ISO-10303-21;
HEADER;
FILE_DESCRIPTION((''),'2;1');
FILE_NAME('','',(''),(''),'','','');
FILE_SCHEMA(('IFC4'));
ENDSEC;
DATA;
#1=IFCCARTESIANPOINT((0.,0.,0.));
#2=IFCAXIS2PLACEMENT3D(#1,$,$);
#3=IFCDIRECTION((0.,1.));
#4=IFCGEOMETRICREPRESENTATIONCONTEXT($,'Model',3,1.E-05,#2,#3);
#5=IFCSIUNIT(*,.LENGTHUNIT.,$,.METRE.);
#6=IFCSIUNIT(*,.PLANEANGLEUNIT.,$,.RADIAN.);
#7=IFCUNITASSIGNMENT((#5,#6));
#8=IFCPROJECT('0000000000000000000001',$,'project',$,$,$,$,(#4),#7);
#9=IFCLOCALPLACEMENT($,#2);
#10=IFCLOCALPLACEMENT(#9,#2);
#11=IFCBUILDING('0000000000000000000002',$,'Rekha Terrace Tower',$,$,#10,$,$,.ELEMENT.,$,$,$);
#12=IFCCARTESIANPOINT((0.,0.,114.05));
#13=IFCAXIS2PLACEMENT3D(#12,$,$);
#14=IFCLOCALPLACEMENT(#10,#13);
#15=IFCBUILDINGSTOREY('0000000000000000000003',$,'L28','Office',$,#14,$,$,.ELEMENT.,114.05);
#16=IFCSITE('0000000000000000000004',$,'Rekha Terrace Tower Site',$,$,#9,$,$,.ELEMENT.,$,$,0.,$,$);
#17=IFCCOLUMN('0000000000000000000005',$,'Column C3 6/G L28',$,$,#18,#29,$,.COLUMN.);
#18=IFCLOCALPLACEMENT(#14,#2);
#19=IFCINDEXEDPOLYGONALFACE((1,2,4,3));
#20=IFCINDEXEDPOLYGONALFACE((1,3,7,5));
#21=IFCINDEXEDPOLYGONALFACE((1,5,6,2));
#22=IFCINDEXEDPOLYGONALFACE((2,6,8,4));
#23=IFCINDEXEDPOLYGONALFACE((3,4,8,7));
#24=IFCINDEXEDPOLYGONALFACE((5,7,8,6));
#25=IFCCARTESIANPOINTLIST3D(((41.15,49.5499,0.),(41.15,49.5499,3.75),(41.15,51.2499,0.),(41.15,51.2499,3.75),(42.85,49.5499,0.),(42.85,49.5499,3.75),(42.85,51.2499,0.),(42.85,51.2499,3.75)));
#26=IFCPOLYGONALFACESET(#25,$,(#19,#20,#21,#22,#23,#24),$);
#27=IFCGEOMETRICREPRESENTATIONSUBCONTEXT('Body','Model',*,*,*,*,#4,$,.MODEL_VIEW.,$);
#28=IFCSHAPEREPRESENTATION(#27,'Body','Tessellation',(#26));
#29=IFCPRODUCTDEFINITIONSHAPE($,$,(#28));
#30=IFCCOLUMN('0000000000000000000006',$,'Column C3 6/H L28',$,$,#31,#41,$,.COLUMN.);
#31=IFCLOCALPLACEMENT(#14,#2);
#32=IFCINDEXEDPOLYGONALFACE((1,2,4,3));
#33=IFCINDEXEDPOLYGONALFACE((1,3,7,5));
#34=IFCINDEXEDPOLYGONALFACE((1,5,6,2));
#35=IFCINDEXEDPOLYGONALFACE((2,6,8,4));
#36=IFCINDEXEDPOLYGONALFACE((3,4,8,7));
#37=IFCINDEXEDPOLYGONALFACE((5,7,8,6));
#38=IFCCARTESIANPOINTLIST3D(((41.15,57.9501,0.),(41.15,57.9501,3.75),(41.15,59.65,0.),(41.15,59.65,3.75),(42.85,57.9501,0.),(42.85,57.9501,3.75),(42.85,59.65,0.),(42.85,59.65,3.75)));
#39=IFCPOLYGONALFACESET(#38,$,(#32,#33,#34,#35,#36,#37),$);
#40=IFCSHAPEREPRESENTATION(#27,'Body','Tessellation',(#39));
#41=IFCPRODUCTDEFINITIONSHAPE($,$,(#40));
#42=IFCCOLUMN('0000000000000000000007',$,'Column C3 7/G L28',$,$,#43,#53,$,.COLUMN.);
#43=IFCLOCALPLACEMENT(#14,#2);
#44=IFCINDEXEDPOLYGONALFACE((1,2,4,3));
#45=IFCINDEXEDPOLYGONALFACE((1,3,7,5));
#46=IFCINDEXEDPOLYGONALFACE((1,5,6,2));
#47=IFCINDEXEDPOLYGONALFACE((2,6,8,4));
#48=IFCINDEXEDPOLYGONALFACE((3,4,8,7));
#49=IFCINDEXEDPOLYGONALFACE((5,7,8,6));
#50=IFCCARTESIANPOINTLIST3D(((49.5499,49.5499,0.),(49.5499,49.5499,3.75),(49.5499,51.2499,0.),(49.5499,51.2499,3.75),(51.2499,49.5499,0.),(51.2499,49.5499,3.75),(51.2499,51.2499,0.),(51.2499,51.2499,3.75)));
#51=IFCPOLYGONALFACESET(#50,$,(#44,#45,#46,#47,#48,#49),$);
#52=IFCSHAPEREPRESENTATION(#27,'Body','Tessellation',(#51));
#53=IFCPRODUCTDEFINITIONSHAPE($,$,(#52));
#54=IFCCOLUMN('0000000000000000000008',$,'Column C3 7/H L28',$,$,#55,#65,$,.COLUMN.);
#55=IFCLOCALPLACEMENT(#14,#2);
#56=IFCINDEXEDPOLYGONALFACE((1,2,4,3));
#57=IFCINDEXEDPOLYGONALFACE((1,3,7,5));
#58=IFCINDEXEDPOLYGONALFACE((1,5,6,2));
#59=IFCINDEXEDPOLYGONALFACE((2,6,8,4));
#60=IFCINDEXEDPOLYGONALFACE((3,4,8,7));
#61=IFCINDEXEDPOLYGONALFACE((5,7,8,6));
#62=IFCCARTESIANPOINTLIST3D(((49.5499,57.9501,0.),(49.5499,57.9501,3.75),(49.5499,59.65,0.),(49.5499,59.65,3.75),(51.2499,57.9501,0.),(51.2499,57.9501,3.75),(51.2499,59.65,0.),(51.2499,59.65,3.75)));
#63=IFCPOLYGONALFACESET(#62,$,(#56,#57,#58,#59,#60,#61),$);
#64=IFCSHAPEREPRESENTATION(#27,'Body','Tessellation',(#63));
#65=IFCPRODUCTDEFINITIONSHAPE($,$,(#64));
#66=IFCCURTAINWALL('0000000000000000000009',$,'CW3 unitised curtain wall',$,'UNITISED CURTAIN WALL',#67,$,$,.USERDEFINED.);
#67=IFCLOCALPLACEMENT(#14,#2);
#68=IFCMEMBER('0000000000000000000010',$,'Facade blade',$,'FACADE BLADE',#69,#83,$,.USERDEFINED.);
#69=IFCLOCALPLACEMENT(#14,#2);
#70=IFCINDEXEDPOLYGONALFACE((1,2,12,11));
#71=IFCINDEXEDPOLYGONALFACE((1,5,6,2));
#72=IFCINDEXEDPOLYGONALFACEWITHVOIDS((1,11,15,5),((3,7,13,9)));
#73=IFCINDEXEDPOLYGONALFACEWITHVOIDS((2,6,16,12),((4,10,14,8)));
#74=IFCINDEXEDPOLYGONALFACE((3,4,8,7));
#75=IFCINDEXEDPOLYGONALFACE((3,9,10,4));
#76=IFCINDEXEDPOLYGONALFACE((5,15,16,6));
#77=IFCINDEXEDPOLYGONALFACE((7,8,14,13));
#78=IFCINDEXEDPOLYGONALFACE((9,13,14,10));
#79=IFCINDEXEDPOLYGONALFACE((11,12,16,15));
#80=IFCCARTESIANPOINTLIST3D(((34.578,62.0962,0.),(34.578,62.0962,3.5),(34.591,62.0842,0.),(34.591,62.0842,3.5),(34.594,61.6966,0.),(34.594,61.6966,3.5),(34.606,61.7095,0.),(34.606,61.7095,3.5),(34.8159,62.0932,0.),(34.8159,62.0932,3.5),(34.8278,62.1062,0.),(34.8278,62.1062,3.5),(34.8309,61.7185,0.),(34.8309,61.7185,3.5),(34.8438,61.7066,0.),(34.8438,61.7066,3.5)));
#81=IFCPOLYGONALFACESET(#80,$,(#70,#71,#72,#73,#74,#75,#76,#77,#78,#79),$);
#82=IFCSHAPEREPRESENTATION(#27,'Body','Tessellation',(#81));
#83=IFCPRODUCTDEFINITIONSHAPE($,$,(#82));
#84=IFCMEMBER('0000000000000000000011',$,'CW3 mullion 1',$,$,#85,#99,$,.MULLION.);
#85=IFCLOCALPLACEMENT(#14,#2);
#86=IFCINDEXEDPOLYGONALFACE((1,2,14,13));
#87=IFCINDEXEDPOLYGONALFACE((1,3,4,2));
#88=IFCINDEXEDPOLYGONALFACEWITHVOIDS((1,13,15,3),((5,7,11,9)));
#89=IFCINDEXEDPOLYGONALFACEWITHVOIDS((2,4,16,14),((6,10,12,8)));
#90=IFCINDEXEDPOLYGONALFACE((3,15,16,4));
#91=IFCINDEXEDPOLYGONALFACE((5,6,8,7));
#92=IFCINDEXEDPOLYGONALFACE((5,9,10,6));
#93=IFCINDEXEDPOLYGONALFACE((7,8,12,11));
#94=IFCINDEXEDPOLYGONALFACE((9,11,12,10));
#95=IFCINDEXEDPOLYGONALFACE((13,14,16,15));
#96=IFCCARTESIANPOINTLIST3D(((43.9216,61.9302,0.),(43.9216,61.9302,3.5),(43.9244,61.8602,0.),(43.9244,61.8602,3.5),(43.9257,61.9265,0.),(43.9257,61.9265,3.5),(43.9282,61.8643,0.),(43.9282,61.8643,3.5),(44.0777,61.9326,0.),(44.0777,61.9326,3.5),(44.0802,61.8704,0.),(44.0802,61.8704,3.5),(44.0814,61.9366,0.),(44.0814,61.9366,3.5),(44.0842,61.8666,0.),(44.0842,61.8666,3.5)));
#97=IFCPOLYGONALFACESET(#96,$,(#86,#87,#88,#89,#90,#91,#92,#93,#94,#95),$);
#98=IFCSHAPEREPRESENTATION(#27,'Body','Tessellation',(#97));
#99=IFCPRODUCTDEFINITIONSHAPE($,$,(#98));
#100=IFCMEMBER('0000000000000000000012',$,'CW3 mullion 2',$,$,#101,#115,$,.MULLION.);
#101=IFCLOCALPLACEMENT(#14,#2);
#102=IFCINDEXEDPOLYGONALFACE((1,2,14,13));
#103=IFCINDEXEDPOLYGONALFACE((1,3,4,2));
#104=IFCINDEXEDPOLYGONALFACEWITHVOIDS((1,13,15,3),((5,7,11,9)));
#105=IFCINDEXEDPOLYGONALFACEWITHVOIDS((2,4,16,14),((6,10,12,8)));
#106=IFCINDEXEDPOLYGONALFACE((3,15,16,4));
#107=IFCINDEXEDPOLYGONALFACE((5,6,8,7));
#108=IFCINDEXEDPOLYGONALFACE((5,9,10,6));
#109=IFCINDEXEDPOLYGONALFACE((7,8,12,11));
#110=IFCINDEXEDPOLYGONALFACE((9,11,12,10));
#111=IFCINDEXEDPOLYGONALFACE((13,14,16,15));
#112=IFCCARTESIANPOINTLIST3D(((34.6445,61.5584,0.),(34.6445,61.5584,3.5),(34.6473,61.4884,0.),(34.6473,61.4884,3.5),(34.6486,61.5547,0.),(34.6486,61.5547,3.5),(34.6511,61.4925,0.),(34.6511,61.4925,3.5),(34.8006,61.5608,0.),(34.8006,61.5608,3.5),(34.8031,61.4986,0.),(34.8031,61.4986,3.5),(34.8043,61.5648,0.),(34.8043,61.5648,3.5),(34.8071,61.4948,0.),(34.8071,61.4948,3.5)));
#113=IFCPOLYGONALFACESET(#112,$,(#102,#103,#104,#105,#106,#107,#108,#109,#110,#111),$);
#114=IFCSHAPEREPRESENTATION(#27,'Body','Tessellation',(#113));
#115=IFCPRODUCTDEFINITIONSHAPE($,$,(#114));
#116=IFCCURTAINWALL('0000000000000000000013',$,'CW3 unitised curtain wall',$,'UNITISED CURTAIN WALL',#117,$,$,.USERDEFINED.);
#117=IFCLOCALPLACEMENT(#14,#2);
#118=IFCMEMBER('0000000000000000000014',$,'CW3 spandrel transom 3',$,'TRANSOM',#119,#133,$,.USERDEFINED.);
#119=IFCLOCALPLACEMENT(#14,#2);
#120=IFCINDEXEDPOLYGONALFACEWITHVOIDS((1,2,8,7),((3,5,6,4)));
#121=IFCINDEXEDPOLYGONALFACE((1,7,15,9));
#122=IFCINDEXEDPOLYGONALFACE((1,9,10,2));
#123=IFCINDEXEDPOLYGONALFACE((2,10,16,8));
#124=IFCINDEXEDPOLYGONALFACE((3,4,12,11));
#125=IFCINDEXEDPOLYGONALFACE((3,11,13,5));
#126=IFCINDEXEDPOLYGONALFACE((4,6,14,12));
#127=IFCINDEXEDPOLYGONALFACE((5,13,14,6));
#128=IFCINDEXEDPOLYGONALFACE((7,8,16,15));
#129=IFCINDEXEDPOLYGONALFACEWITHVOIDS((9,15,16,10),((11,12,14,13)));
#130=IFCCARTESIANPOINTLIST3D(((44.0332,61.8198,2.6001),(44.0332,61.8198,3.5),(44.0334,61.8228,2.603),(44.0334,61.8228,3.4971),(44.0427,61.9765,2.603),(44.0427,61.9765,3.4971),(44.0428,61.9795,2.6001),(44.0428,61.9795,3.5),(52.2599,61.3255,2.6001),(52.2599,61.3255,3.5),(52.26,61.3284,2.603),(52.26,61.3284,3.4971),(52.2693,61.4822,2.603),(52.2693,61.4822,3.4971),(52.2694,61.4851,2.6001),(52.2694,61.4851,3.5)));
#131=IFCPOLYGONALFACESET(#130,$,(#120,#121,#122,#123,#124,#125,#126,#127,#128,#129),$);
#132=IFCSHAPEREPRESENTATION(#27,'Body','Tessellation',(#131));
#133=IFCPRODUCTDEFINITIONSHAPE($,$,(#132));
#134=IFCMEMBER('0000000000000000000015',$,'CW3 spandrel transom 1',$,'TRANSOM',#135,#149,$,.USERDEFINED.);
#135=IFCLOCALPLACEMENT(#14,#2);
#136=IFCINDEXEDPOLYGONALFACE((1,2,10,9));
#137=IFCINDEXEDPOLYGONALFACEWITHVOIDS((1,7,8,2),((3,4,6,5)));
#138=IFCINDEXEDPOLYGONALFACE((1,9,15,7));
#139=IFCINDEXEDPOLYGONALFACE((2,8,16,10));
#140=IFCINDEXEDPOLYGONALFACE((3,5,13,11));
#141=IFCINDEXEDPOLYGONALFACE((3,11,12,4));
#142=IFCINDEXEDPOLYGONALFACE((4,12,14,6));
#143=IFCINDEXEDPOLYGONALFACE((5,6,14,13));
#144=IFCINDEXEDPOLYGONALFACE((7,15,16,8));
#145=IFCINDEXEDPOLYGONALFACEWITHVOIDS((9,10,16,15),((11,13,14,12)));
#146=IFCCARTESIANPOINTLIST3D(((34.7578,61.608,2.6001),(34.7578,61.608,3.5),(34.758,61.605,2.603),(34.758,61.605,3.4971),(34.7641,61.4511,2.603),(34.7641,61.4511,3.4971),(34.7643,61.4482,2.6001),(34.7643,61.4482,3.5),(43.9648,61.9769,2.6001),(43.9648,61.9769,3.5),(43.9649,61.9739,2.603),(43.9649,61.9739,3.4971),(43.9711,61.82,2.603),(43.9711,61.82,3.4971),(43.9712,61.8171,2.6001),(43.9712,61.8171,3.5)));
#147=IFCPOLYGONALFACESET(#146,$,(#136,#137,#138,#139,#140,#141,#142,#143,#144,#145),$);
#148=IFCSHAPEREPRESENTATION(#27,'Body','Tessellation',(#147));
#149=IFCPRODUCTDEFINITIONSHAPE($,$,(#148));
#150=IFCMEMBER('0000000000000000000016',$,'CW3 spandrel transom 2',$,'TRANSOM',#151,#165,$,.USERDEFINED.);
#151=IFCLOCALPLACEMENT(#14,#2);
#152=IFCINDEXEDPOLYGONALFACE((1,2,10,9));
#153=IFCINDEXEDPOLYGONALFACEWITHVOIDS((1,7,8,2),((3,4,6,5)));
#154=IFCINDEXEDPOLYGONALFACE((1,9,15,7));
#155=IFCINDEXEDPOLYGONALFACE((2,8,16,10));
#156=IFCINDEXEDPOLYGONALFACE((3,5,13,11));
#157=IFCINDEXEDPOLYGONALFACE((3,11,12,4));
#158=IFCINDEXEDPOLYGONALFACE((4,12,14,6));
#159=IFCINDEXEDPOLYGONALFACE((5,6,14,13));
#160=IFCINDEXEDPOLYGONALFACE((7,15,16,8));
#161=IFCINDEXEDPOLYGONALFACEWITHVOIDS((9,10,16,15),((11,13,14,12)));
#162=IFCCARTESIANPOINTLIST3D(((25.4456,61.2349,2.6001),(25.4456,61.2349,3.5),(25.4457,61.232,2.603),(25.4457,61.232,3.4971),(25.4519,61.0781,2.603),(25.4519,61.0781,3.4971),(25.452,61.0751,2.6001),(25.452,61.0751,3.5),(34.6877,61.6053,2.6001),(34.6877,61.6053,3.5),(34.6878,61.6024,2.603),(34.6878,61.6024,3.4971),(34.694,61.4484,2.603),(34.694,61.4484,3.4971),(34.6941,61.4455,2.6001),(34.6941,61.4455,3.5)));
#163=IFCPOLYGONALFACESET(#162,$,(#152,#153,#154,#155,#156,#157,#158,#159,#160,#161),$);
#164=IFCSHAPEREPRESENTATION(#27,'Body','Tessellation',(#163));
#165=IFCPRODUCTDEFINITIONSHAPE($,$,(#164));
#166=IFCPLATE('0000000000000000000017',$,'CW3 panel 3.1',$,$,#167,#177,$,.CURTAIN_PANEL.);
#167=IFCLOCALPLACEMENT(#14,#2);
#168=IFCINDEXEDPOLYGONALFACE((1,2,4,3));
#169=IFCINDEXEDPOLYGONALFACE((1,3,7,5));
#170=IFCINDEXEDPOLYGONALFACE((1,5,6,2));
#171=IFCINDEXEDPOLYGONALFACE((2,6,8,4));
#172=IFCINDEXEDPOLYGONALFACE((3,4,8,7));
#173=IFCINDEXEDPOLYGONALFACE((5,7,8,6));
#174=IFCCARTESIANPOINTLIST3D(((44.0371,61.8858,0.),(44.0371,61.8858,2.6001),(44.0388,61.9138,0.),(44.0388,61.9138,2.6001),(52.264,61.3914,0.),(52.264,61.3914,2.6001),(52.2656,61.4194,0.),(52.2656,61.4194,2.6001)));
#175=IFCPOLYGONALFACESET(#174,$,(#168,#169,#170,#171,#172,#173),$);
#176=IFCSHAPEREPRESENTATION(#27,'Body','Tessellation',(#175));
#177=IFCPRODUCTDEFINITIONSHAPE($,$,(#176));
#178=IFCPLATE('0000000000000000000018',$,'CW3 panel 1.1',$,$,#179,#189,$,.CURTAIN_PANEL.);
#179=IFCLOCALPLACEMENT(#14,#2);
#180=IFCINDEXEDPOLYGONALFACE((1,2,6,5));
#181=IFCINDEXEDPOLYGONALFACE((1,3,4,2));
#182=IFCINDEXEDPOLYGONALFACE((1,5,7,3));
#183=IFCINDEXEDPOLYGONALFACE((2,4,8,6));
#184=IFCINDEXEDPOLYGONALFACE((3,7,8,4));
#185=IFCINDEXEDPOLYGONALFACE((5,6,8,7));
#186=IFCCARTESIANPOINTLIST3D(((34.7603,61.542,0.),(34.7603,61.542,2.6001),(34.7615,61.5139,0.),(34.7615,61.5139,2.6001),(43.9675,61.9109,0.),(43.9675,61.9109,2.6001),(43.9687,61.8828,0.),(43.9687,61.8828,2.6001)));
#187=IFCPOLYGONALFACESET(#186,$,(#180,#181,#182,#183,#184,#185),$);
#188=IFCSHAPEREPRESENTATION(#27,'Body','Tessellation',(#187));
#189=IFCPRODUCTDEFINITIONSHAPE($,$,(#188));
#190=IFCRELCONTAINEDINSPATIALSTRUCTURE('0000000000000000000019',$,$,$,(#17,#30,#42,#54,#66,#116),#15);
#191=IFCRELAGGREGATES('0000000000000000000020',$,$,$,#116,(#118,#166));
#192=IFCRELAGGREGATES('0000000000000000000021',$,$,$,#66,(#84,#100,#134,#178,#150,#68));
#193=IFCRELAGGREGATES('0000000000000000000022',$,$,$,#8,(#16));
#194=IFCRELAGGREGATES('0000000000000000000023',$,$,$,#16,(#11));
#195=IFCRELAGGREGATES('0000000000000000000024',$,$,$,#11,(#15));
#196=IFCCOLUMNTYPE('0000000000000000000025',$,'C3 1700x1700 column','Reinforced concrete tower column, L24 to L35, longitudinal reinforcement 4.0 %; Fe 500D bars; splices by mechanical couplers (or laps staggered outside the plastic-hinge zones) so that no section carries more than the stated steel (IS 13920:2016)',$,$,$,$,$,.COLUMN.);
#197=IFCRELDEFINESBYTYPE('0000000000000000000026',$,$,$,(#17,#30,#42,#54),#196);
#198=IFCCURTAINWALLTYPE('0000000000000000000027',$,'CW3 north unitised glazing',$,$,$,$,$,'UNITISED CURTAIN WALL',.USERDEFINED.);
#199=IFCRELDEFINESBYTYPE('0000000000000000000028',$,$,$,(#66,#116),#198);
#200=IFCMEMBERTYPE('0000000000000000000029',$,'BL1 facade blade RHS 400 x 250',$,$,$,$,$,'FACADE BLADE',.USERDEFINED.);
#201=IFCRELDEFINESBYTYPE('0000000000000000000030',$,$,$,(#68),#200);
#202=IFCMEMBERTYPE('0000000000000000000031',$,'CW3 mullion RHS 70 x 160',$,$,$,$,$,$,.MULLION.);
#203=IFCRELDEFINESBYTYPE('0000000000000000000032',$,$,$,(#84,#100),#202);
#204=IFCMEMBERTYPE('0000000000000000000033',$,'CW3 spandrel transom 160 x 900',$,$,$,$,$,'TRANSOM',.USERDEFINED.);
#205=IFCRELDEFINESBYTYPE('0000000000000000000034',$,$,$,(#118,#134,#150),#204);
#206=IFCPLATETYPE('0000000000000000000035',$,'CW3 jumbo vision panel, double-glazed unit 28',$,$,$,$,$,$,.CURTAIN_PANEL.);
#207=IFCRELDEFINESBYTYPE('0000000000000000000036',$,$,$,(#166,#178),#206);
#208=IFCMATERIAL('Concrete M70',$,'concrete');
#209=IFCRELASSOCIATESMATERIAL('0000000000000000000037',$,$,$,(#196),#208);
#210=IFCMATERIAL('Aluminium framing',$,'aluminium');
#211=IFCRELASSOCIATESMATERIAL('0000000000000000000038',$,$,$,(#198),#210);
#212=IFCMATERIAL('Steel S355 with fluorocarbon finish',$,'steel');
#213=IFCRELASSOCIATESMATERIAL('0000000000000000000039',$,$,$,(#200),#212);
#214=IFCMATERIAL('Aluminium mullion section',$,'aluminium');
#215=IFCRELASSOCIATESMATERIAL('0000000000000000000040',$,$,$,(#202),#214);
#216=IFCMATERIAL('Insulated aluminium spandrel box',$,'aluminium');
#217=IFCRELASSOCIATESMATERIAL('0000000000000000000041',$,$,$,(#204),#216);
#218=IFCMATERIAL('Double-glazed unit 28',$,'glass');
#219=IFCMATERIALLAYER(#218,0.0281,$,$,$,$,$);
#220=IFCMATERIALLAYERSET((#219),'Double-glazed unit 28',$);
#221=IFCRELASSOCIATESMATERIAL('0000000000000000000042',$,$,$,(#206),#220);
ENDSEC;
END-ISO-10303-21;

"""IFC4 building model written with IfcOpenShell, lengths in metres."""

from ifc_helpers import new_model, si_unit, direction, frame, origin, origin_2d, place, context, subcontext, project, spatial, rectangle, hollow_rectangle, extrude, material, layer, layer_set, material_profile, profile_set, type_object, element, aggregate, save


model = new_model("IFC4")

# Units and contexts
model_context = context("Model", 3, precision=1e-05, world=origin(), true_north=direction((0.0, 1.0)))
body_context = subcontext(model_context, "Body", "Model", "MODEL_VIEW")
ifc_project = project(units=[si_unit("LENGTHUNIT", "METRE"), si_unit("PLANEANGLEUNIT", "RADIAN")], contexts=[model_context])

# Site, building, storey
site_placement = place(None, origin())
site = spatial("IfcSite", under=ifc_project, at=site_placement, Name="Rekha Terrace Tower Site", CompositionType="ELEMENT", RefElevation=0.0)
building_placement = place(site_placement, origin())
building = spatial("IfcBuilding", under=site, at=building_placement, Name="Rekha Terrace Tower", CompositionType="ELEMENT")
storey_placement = place(building_placement, frame((0.0, 0.0, 114.05)))
storey = spatial("IfcBuildingStorey", under=building, at=storey_placement, Name="L28", Description="Office", CompositionType="ELEMENT", Elevation=114.05)

# Columns
ifc_material_1 = material(Name="Concrete M70", Category="concrete")
ifc_material_profile_1 = material_profile(ifc_material_1, rectangle(XDim=1.7, YDim=1.7, at=origin_2d()), Name="RC 1700x1700")
ifc_profile_set_1 = profile_set([ifc_material_profile_1], Name="Concrete M70")
column_type = type_object("IfcColumnType", Name="C3 1700x1700 column", Description="Reinforced concrete tower column, L24 to L35, longitudinal reinforcement 4.0 %; Fe 500D bars; splices by mechanical couplers (or laps staggered outside the plastic-hinge zones) so that no section carries more than the stated steel (IS 13920:2016)", PredefinedType="COLUMN", material=ifc_profile_set_1)
for number, where, z_axis, x_axis, name in (
    (1, (42.0, 50.3999, 0.0), (0.0, 0.0, 1.0), (1.0, 0.0, 0.0), "Column C3 6/G L28"),
    (2, (42.0, 58.8, 0.0), (0.0, 0.0, 1.0), (1.0, 0.0, 0.0), "Column C3 6/H L28"),
    (3, (50.3999, 50.3999, 0.0), (0.0, 0.0, 1.0), (1.0, 0.0, 0.0), "Column C3 7/G L28"),
    (4, (50.3999, 58.8, 0.0), (0.0, 0.0, 1.0), (1.0, 0.0, 0.0), "Column C3 7/H L28"),
):
    element("IfcColumn", number, at=place(storey_placement, frame(where, z_axis=z_axis, x_axis=x_axis)), inside=storey, type_object=column_type, Name=name, PredefinedType="COLUMN", context=body_context, shape_type="SweptSolid", body=[
        extrude(rectangle(XDim=1.7, YDim=1.7, at=origin_2d()), origin(), (0.0, 0.0, 1.0), 3.75),
    ])

# Curtain wall, members
ifc_material_2 = material(Name="Aluminium framing", Category="aluminium")
curtain_wall_type = type_object("IfcCurtainWallType", Name="CW3 north unitised glazing", ElementType="UNITISED CURTAIN WALL", PredefinedType="USERDEFINED", material=ifc_material_2)
curtain_wall_1_placement = place(storey_placement, origin())
curtain_wall_1 = element("IfcCurtainWall", 5, at=curtain_wall_1_placement, inside=storey, type_object=curtain_wall_type, Name="CW3 unitised curtain wall", ObjectType="UNITISED CURTAIN WALL", PredefinedType="USERDEFINED")
ifc_material_3 = material(Name="Steel S355 with fluorocarbon finish", Category="steel")
ifc_material_profile_2 = material_profile(ifc_material_3, hollow_rectangle(XDim=0.25, YDim=0.3999, WallThickness=0.0125, at=origin_2d()), Name="RHS400x250x12.5")
ifc_profile_set_2 = profile_set([ifc_material_profile_2], Name="Steel S355 with fluorocarbon finish")
member_type_1 = type_object("IfcMemberType", Name="BL1 facade blade RHS 400 x 250", ElementType="FACADE BLADE", PredefinedType="USERDEFINED", material=ifc_profile_set_2)
member_1_placement = place(storey_placement, frame((34.7109, 61.9014, 0.0), z_axis=(0.0, 0.0, 1.0), x_axis=(-0.999198, -0.040032, 0.0)))
member_1 = element("IfcMember", 6, at=member_1_placement, type_object=member_type_1, Name="Facade blade", ObjectType="FACADE BLADE", PredefinedType="USERDEFINED", context=body_context, shape_type="SweptSolid", body=[
    extrude(hollow_rectangle(XDim=0.25, YDim=0.3999, WallThickness=0.0125, at=origin_2d()), origin(), (0.0, 0.0, 1.0), 3.5),
])
ifc_material_4 = material(Name="Aluminium mullion section", Category="aluminium")
ifc_material_profile_3 = material_profile(ifc_material_4, hollow_rectangle(XDim=0.0701, YDim=0.1599, WallThickness=0.0039, at=origin_2d()), Name="AL RHS 70x160")
ifc_profile_set_3 = profile_set([ifc_material_profile_3], Name="Aluminium mullion section")
member_type_2 = type_object("IfcMemberType", Name="CW3 mullion RHS 70 x 160", PredefinedType="MULLION", material=ifc_profile_set_3)
member_2_placement = place(storey_placement, frame((44.0029, 61.8984, 0.0), z_axis=(0.0, 0.0, 1.0), x_axis=(0.040032, -0.999198, 0.0)))
member_2 = element("IfcMember", 7, at=member_2_placement, type_object=member_type_2, Name="CW3 mullion 1", PredefinedType="MULLION", context=body_context, shape_type="SweptSolid", body=[
    extrude(hollow_rectangle(XDim=0.0701, YDim=0.1599, WallThickness=0.0039, at=origin_2d()), origin(), (0.0, 0.0, 1.0), 3.5),
])
member_3_placement = place(storey_placement, frame((34.7258, 61.5266, 0.0), z_axis=(0.0, 0.0, 1.0), x_axis=(0.040032, -0.999198, 0.0)))
member_3 = element("IfcMember", 8, at=member_3_placement, type_object=member_type_2, Name="CW3 mullion 2", PredefinedType="MULLION", context=body_context, shape_type="SweptSolid", body=[
    extrude(hollow_rectangle(XDim=0.0701, YDim=0.1599, WallThickness=0.0039, at=origin_2d()), origin(), (0.0, 0.0, 1.0), 3.5),
])

# Curtain wall, member
curtain_wall_2_placement = place(storey_placement, origin())
curtain_wall_2 = element("IfcCurtainWall", 9, at=curtain_wall_2_placement, inside=storey, type_object=curtain_wall_type, Name="CW3 unitised curtain wall", ObjectType="UNITISED CURTAIN WALL", PredefinedType="USERDEFINED")
ifc_material_5 = material(Name="Insulated aluminium spandrel box", Category="aluminium")
ifc_material_profile_4 = material_profile(ifc_material_5, hollow_rectangle(XDim=0.1599, YDim=0.8999, WallThickness=0.0029, at=origin_2d()), Name="AL SPANDREL BOX 160x900")
ifc_profile_set_4 = profile_set([ifc_material_profile_4], Name="Insulated aluminium spandrel box")
member_type_3 = type_object("IfcMemberType", Name="CW3 spandrel transom 160 x 900", ElementType="TRANSOM", PredefinedType="USERDEFINED", material=ifc_profile_set_4)
member_4_placement = place(storey_placement, frame((52.2646, 61.4053, 3.05), z_axis=(-0.998199, 0.059988, 0.0), x_axis=(-0.059988, -0.998199, 0.0)))
member_4 = element("IfcMember", 10, at=member_4_placement, type_object=member_type_3, Name="CW3 spandrel transom 3", ObjectType="TRANSOM", PredefinedType="USERDEFINED", context=body_context, shape_type="SweptSolid", body=[
    extrude(hollow_rectangle(XDim=0.1599, YDim=0.8999, WallThickness=0.0029, at=origin_2d()), origin(), (0.0, 0.0, 1.0), 8.2415),
])

# Members
member_5_placement = place(storey_placement, frame((43.968, 61.897, 3.05), z_axis=(-0.999198, -0.040035, 0.0), x_axis=(0.040035, -0.999198, 0.0)))
member_5 = element("IfcMember", 11, at=member_5_placement, type_object=member_type_3, Name="CW3 spandrel transom 1", ObjectType="TRANSOM", PredefinedType="USERDEFINED", context=body_context, shape_type="SweptSolid", body=[
    extrude(hollow_rectangle(XDim=0.1599, YDim=0.8999, WallThickness=0.0029, at=origin_2d()), origin(), (0.0, 0.0, 1.0), 9.2144),
])
member_6_placement = place(storey_placement, frame((34.6909, 61.5254, 3.05), z_axis=(-0.999198, -0.040041, 0.0), x_axis=(0.040041, -0.999198, 0.0)))
member_6 = element("IfcMember", 12, at=member_6_placement, type_object=member_type_3, Name="CW3 spandrel transom 2", ObjectType="TRANSOM", PredefinedType="USERDEFINED", context=body_context, shape_type="SweptSolid", body=[
    extrude(hollow_rectangle(XDim=0.1599, YDim=0.8999, WallThickness=0.0029, at=origin_2d()), origin(), (0.0, 0.0, 1.0), 9.2495),
])

# Plates
ifc_material_6 = material(Name="Double-glazed unit 28", Category="glass")
ifc_layer_1 = layer(ifc_material_6, 0.0281)
ifc_layer_set_1 = layer_set([ifc_layer_1], Name="Double-glazed unit 28")
plate_type = type_object("IfcPlateType", Name="CW3 jumbo vision panel, double-glazed unit 28", PredefinedType="CURTAIN_PANEL", material=ifc_layer_set_1)
plate_1_placement = place(storey_placement, frame((48.1514, 61.6526, 0.0), z_axis=(0.0, 0.0, 1.0), x_axis=(-0.998199, 0.059988, 0.0)))
plate_1 = element("IfcPlate", 13, at=plate_1_placement, type_object=plate_type, Name="CW3 panel 3.1", PredefinedType="CURTAIN_PANEL", context=body_context, shape_type="SweptSolid", body=[
    extrude(rectangle(XDim=8.2417, YDim=0.0281, at=origin_2d()), origin(), (0.0, 0.0, 1.0), 2.6001),
])
aggregate(curtain_wall_2, [member_4, plate_1])
plate_2_placement = place(storey_placement, frame((39.3645, 61.7124, 0.0), z_axis=(0.0, 0.0, 1.0), x_axis=(-0.999198, -0.040032, 0.0)))
plate_2 = element("IfcPlate", 14, at=plate_2_placement, type_object=plate_type, Name="CW3 panel 1.1", PredefinedType="CURTAIN_PANEL", context=body_context, shape_type="SweptSolid", body=[
    extrude(rectangle(XDim=9.2146, YDim=0.0281, at=origin_2d()), origin(), (0.0, 0.0, 1.0), 2.6001),
])
aggregate(curtain_wall_1, [member_2, member_3, member_5, plate_2, member_6, member_1])

save(model, "model.ifc")
